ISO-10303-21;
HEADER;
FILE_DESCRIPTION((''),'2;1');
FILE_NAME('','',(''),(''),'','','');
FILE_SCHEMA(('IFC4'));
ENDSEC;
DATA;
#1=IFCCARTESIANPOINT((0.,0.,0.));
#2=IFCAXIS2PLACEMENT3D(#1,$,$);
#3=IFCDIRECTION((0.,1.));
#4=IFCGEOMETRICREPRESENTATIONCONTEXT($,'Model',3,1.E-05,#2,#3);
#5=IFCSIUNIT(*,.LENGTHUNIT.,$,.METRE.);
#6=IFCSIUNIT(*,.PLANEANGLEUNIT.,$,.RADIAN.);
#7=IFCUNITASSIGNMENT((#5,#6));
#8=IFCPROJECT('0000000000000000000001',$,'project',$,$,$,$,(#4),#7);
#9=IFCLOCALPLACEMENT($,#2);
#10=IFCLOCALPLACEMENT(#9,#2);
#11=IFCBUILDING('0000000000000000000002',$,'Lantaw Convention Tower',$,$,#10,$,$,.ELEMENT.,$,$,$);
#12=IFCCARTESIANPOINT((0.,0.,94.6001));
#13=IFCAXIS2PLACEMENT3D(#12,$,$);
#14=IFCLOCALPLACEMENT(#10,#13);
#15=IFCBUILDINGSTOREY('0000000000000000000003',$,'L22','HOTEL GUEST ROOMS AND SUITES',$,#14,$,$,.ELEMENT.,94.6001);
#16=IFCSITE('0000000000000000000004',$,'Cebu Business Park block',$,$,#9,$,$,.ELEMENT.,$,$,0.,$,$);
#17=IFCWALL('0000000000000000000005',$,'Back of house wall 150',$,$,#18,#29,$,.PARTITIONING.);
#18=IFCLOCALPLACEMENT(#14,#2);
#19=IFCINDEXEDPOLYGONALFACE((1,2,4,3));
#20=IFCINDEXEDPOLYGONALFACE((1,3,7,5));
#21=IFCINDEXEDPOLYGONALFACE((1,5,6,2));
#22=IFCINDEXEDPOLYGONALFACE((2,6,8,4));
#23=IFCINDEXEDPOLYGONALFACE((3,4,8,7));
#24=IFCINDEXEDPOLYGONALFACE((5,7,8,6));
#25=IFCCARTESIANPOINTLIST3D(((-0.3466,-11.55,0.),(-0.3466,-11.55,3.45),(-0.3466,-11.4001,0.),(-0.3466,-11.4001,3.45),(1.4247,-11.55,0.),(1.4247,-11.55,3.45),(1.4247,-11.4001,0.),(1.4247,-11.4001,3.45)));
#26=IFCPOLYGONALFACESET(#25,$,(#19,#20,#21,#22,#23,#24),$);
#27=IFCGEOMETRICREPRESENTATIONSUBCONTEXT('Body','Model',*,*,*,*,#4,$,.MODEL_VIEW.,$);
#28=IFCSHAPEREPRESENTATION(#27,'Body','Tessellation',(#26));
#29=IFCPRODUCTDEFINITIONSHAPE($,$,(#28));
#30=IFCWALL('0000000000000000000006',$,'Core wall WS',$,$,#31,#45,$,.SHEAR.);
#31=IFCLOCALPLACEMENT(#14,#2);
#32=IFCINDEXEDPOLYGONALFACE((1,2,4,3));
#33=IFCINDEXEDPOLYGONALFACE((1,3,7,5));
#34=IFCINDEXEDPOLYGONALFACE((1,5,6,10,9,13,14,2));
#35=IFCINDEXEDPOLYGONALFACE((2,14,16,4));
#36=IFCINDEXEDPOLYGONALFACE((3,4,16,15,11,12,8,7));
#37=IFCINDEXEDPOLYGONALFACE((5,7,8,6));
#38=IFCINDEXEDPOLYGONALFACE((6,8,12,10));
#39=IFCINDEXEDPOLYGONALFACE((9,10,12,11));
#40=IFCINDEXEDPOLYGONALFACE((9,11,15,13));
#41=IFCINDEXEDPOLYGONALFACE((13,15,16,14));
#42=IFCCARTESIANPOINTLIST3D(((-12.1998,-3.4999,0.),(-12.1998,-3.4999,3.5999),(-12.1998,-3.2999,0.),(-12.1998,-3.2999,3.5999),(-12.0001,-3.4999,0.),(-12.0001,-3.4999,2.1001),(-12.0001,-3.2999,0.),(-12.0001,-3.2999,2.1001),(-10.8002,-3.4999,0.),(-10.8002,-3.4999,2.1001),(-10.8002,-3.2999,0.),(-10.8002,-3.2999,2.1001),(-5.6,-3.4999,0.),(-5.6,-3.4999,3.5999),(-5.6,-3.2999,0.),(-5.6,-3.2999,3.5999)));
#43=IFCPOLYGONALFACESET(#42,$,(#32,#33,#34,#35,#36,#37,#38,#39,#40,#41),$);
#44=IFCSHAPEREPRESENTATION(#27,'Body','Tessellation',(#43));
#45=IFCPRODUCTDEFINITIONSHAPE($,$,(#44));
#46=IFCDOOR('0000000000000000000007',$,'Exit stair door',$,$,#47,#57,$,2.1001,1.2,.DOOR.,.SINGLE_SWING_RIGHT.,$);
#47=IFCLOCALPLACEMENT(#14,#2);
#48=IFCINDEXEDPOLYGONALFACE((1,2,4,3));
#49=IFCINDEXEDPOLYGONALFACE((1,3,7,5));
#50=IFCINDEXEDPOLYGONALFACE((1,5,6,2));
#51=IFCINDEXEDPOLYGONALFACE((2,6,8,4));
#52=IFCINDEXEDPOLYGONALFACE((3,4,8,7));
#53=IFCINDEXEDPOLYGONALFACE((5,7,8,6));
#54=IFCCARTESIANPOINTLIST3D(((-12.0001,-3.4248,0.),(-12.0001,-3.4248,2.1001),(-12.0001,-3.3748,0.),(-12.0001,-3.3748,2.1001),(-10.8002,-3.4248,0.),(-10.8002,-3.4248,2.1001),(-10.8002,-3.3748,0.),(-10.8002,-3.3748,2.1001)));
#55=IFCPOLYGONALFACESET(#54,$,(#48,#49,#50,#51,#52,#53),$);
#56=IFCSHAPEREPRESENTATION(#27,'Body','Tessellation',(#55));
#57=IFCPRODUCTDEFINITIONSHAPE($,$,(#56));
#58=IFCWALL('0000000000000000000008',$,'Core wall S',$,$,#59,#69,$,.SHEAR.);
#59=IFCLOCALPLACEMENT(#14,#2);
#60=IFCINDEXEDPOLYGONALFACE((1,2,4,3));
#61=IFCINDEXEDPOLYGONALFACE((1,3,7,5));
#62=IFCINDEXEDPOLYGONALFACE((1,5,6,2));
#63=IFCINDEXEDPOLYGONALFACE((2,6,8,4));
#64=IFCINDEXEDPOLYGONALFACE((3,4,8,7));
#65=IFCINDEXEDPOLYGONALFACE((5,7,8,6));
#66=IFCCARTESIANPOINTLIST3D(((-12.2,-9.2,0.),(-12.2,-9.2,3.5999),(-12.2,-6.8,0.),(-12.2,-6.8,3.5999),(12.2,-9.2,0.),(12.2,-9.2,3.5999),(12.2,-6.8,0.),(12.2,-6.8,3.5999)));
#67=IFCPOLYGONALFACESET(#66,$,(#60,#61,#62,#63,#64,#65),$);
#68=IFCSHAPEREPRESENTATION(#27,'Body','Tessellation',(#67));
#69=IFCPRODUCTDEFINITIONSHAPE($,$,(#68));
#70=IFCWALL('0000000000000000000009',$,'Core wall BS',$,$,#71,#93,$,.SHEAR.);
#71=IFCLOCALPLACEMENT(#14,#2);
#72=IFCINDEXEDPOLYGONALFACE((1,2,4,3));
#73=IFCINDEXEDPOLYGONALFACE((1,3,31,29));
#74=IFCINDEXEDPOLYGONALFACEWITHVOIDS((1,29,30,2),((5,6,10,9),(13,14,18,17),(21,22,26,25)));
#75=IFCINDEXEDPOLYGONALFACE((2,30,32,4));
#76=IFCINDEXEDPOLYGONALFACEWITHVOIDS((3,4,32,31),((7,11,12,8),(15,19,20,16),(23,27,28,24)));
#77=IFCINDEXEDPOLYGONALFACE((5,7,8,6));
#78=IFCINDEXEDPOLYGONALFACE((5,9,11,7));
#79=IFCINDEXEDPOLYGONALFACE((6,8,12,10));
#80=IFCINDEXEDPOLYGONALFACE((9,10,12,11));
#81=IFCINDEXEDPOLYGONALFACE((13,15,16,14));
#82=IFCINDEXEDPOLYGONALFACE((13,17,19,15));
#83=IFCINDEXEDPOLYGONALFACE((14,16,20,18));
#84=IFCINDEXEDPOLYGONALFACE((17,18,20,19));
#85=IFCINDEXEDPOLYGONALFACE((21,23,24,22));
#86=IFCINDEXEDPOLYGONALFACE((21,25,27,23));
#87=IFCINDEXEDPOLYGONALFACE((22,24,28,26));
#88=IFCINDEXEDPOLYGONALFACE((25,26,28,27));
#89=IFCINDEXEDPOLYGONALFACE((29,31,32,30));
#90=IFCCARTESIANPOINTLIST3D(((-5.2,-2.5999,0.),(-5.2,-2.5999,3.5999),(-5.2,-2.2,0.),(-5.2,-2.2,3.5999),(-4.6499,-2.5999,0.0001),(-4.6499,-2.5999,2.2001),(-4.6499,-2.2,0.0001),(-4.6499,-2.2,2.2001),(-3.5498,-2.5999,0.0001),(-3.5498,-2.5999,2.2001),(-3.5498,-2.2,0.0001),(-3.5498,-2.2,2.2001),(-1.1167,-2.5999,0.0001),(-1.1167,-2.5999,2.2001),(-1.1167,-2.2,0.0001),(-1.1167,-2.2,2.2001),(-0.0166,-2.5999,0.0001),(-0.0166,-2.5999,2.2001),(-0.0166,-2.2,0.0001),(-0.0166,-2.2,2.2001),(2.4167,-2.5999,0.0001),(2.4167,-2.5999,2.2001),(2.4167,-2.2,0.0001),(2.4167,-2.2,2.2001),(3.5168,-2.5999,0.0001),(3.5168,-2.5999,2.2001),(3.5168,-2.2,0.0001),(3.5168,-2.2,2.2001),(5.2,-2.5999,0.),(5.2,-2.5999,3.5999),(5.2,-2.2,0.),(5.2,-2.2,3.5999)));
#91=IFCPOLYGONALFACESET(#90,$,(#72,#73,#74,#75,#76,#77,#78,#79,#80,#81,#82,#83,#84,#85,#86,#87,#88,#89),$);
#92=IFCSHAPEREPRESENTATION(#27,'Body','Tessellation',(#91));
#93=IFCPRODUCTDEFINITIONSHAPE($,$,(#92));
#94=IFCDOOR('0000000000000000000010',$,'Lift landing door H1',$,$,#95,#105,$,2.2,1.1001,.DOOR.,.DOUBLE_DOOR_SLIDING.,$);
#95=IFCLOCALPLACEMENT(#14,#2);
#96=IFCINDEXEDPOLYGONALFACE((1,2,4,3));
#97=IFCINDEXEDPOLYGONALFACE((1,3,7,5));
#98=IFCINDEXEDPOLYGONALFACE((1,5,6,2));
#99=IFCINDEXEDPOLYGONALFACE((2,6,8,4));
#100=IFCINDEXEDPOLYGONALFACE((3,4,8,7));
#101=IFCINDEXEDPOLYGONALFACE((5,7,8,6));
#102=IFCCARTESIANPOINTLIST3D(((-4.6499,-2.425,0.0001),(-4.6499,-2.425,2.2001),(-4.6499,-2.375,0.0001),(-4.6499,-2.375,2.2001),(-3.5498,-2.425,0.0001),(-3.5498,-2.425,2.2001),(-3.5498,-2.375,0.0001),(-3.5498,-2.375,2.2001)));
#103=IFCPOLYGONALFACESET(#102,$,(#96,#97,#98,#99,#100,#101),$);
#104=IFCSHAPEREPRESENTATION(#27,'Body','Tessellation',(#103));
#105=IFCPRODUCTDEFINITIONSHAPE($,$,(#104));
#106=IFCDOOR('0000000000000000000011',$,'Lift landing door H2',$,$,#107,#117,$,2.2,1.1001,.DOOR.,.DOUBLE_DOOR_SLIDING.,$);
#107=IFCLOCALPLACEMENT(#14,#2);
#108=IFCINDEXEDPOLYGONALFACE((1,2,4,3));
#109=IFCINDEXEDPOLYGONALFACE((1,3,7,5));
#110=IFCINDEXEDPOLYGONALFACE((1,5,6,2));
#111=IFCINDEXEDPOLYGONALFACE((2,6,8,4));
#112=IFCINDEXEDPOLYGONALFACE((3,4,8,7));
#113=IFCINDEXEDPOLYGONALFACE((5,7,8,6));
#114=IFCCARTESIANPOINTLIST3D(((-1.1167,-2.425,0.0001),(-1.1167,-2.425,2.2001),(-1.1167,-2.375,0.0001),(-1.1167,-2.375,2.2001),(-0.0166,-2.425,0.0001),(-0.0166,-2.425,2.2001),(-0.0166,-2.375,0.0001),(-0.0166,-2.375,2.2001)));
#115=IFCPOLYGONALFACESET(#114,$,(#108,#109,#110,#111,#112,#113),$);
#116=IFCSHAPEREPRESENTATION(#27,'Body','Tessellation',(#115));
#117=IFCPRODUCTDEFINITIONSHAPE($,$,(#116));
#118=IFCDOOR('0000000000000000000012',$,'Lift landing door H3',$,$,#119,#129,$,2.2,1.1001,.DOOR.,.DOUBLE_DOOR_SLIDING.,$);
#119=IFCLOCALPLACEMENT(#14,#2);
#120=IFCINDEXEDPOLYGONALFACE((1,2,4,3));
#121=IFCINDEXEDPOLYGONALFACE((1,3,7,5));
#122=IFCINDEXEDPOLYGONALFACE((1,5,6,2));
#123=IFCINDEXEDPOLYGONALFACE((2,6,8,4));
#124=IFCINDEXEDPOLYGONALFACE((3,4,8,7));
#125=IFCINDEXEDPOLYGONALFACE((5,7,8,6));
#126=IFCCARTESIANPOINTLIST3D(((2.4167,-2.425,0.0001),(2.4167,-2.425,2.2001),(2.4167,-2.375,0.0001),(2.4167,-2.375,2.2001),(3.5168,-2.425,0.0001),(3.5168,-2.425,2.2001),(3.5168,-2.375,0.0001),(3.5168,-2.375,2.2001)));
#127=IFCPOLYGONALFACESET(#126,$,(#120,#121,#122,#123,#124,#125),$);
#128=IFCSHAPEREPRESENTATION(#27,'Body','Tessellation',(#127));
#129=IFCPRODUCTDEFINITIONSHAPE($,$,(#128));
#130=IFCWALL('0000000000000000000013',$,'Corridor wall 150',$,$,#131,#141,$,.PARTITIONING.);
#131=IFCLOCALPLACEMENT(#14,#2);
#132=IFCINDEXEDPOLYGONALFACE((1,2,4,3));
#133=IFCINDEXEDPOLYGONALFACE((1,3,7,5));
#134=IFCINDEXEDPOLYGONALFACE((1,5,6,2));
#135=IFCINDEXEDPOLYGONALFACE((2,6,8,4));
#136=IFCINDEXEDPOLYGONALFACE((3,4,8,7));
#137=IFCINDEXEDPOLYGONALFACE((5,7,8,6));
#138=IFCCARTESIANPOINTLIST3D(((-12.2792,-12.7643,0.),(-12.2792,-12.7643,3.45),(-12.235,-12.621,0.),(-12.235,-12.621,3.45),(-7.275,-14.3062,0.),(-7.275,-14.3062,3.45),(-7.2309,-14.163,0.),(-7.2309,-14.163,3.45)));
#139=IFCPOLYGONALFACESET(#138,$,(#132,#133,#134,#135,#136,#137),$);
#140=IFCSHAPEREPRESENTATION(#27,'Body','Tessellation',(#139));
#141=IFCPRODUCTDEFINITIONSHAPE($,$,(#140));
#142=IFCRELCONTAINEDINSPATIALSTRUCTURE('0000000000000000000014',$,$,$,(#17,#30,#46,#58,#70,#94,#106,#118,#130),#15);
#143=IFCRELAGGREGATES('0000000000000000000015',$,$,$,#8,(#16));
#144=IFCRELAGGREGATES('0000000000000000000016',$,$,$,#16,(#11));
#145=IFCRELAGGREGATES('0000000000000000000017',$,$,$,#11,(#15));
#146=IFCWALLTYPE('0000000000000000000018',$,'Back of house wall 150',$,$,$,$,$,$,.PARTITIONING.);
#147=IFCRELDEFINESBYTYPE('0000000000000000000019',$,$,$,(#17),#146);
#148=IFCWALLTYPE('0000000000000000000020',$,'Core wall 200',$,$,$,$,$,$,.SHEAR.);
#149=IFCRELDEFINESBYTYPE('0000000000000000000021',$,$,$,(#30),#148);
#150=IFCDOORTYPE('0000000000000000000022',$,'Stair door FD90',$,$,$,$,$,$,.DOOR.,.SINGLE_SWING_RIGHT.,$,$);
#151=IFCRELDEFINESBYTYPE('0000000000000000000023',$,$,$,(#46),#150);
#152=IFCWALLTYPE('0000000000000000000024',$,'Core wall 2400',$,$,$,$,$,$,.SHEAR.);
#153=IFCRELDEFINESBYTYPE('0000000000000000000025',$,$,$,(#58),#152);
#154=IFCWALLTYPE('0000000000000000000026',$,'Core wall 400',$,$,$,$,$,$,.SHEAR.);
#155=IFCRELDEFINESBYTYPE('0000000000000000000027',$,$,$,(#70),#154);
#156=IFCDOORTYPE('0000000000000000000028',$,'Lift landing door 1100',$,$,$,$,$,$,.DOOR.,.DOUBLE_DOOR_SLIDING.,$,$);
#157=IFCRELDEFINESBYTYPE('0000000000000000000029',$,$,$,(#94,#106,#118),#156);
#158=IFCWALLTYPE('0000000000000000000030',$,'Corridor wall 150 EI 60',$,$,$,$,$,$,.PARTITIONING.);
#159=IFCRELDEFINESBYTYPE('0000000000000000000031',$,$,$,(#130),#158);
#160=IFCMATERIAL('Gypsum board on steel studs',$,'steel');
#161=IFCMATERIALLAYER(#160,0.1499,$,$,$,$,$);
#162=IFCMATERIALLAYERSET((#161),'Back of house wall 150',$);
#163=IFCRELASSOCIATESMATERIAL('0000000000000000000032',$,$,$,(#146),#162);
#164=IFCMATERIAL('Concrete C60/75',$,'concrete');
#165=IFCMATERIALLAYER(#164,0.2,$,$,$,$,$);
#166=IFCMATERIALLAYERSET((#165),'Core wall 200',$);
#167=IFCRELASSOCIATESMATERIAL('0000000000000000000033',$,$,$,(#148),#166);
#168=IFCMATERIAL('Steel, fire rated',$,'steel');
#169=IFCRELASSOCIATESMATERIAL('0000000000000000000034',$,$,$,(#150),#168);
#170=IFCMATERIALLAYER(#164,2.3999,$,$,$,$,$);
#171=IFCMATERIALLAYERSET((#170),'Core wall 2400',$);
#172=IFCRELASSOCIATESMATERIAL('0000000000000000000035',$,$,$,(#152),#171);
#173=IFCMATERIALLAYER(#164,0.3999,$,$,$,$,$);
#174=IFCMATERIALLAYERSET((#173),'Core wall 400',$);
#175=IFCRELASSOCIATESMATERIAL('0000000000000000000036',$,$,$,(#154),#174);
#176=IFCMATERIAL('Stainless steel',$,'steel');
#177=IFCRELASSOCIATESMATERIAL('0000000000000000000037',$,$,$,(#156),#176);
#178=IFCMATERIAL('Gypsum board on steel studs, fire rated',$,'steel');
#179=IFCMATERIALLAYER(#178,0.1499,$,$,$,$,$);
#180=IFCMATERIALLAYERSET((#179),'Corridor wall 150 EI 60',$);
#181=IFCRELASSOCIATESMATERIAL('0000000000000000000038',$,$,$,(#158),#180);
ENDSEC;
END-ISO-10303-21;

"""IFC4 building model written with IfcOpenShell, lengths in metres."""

from ifc_helpers import new_model, si_unit, direction, frame, frame_2d, origin, place, context, subcontext, project, spatial, rectangle, extrude, material, layer, layer_set, type_object, element, fill, save


model = new_model("IFC4")

# Units and contexts
model_context = context("Model", 3, precision=1e-05, world=origin(), true_north=direction((0.0, 1.0)))
body_context = subcontext(model_context, "Body", "Model", "MODEL_VIEW")
ifc_project = project(units=[si_unit("LENGTHUNIT", "METRE"), si_unit("PLANEANGLEUNIT", "RADIAN")], contexts=[model_context])

# Site, building, storey
site_placement = place(None, origin())
site = spatial("IfcSite", under=ifc_project, at=site_placement, Name="Cebu Business Park block", CompositionType="ELEMENT", RefElevation=0.0)
building_placement = place(site_placement, origin())
building = spatial("IfcBuilding", under=site, at=building_placement, Name="Lantaw Convention Tower", CompositionType="ELEMENT")
storey_placement = place(building_placement, frame((0.0, 0.0, 94.6001)))
storey = spatial("IfcBuildingStorey", under=building, at=storey_placement, Name="L22", Description="HOTEL GUEST ROOMS AND SUITES", CompositionType="ELEMENT", Elevation=94.6001)

# Wall
ifc_material_1 = material(Name="Gypsum board on steel studs", Category="steel")
ifc_layer_1 = layer(ifc_material_1, 0.1499)
ifc_layer_set_1 = layer_set([ifc_layer_1], Name="Back of house wall 150")
wall_type_1 = type_object("IfcWallType", Name="Back of house wall 150", PredefinedType="PARTITIONING", material=ifc_layer_set_1)
wall_1_placement = place(storey_placement, frame((-0.3467, -11.4751, 0.0), z_axis=(0.0, 0.0, 1.0), x_axis=(1.0, 0.0, 0.0)))
element("IfcWall", 1, at=wall_1_placement, inside=storey, type_object=wall_type_1, Name="Back of house wall 150", PredefinedType="PARTITIONING", context=body_context, shape_type="SweptSolid", body=[
    extrude(rectangle(XDim=1.7712, YDim=0.1499, at=frame_2d((0.8857, 0.0))), origin(), (0.0, 0.0, 1.0), 3.45),
])

# Wall, opening, door
ifc_material_2 = material(Name="Concrete C60/75", Category="concrete")
ifc_layer_2 = layer(ifc_material_2, 0.2)
ifc_layer_set_2 = layer_set([ifc_layer_2], Name="Core wall 200")
wall_type_2 = type_object("IfcWallType", Name="Core wall 200", PredefinedType="SHEAR", material=ifc_layer_set_2)
wall_2_placement = place(storey_placement, frame((-5.6001, -3.3999, 0.0), z_axis=(0.0, 0.0, 1.0), x_axis=(-1.0, 0.0, 0.0)))
wall_2 = element("IfcWall", 2, at=wall_2_placement, inside=storey, type_object=wall_type_2, Name="Core wall WS", PredefinedType="SHEAR", context=body_context, shape_type="SweptSolid", body=[
    extrude(rectangle(XDim=6.5999, YDim=0.2, at=frame_2d((3.2998, 0.0))), origin(), (0.0, 0.0, 1.0), 3.5999),
])
opening_1_placement = place(wall_2_placement, frame((5.2, 0.0, 0.0)))
opening_1 = element("IfcOpeningElement", 3, at=opening_1_placement, cuts=wall_2, PredefinedType="OPENING", context=body_context, shape_type="SweptSolid", body=[
    extrude(rectangle(XDim=1.2, YDim=2.1001, at=frame_2d((0.6001, 1.05))), frame((0.0, 0.1099, 0.0), z_axis=(0.0, -1.0, 0.0), x_axis=(1.0, 0.0, 0.0)), (0.0, 0.0, 1.0), 0.22),
])
ifc_material_3 = material(Name="Steel, fire rated", Category="steel")
door_type_1 = type_object("IfcDoorType", Name="Stair door FD90", OperationType="SINGLE_SWING_RIGHT", PredefinedType="DOOR", material=ifc_material_3)
door_1_placement = place(opening_1_placement, origin())
door_1 = element("IfcDoor", 4, at=door_1_placement, inside=storey, type_object=door_type_1, Name="Exit stair door", OperationType="SINGLE_SWING_RIGHT", OverallHeight=2.1001, OverallWidth=1.2, PredefinedType="DOOR", context=body_context, shape_type="SweptSolid", body=[
    extrude(rectangle(XDim=1.2, YDim=2.1001, at=frame_2d((0.6001, 1.05))), frame((0.0, 0.0249, 0.0), z_axis=(0.0, -1.0, 0.0), x_axis=(1.0, 0.0, 0.0)), (0.0, 0.0, 1.0), 0.05),
])
fill(opening_1, door_1)

# Wall
ifc_layer_3 = layer(ifc_material_2, 2.3999)
ifc_layer_set_3 = layer_set([ifc_layer_3], Name="Core wall 2400")
wall_type_3 = type_object("IfcWallType", Name="Core wall 2400", PredefinedType="SHEAR", material=ifc_layer_set_3)
wall_3_placement = place(storey_placement, frame((-12.2, -8.0, 0.0), z_axis=(0.0, 0.0, 1.0), x_axis=(1.0, 0.0, 0.0)))
element("IfcWall", 5, at=wall_3_placement, inside=storey, type_object=wall_type_3, Name="Core wall S", PredefinedType="SHEAR", context=body_context, shape_type="SweptSolid", body=[
    extrude(rectangle(XDim=24.3999, YDim=2.3999, at=frame_2d((12.2, 0.0))), origin(), (0.0, 0.0, 1.0), 3.5999),
])

# Wall, openings, doors
ifc_layer_4 = layer(ifc_material_2, 0.3999)
ifc_layer_set_4 = layer_set([ifc_layer_4], Name="Core wall 400")
wall_type_4 = type_object("IfcWallType", Name="Core wall 400", PredefinedType="SHEAR", material=ifc_layer_set_4)
wall_4_placement = place(storey_placement, frame((-5.2, -2.3999, 0.0), z_axis=(0.0, 0.0, 1.0), x_axis=(1.0, 0.0, 0.0)))
wall_4 = element("IfcWall", 6, at=wall_4_placement, inside=storey, type_object=wall_type_4, Name="Core wall BS", PredefinedType="SHEAR", context=body_context, shape_type="SweptSolid", body=[
    extrude(rectangle(XDim=10.3999, YDim=0.3999, at=frame_2d((5.2, 0.0))), origin(), (0.0, 0.0, 1.0), 3.5999),
])
opening_2_placement = place(wall_4_placement, frame((0.55, 0.0, 0.0)))
opening_2 = element("IfcOpeningElement", 7, at=opening_2_placement, cuts=wall_4, PredefinedType="OPENING", context=body_context, shape_type="SweptSolid", body=[
    extrude(rectangle(XDim=1.1001, YDim=2.2, at=frame_2d((0.55, 1.1001))), frame((0.0, 0.21, 0.0), z_axis=(0.0, -1.0, 0.0), x_axis=(1.0, 0.0, 0.0)), (0.0, 0.0, 1.0), 0.4199),
])
opening_3_placement = place(wall_4_placement, frame((4.0833, 0.0, 0.0)))
opening_3 = element("IfcOpeningElement", 8, at=opening_3_placement, cuts=wall_4, PredefinedType="OPENING", context=body_context, shape_type="SweptSolid", body=[
    extrude(rectangle(XDim=1.1001, YDim=2.2, at=frame_2d((0.55, 1.1001))), frame((0.0, 0.21, 0.0), z_axis=(0.0, -1.0, 0.0), x_axis=(1.0, 0.0, 0.0)), (0.0, 0.0, 1.0), 0.4199),
])
opening_4_placement = place(wall_4_placement, frame((7.6167, 0.0, 0.0)))
opening_4 = element("IfcOpeningElement", 9, at=opening_4_placement, cuts=wall_4, PredefinedType="OPENING", context=body_context, shape_type="SweptSolid", body=[
    extrude(rectangle(XDim=1.1001, YDim=2.2, at=frame_2d((0.55, 1.1001))), frame((0.0, 0.21, 0.0), z_axis=(0.0, -1.0, 0.0), x_axis=(1.0, 0.0, 0.0)), (0.0, 0.0, 1.0), 0.4199),
])
ifc_material_4 = material(Name="Stainless steel", Category="steel")
door_type_2 = type_object("IfcDoorType", Name="Lift landing door 1100", OperationType="DOUBLE_DOOR_SLIDING", PredefinedType="DOOR", material=ifc_material_4)
door_2_placement = place(opening_2_placement, origin())
door_2 = element("IfcDoor", 10, at=door_2_placement, inside=storey, type_object=door_type_2, Name="Lift landing door H1", OperationType="DOUBLE_DOOR_SLIDING", OverallHeight=2.2, OverallWidth=1.1001, PredefinedType="DOOR", context=body_context, shape_type="SweptSolid", body=[
    extrude(rectangle(XDim=1.1001, YDim=2.2, at=frame_2d((0.55, 1.1001))), frame((0.0, 0.0249, 0.0), z_axis=(0.0, -1.0, 0.0), x_axis=(1.0, 0.0, 0.0)), (0.0, 0.0, 1.0), 0.05),
])
fill(opening_2, door_2)
door_3_placement = place(opening_3_placement, origin())
door_3 = element("IfcDoor", 11, at=door_3_placement, inside=storey, type_object=door_type_2, Name="Lift landing door H2", OperationType="DOUBLE_DOOR_SLIDING", OverallHeight=2.2, OverallWidth=1.1001, PredefinedType="DOOR", context=body_context, shape_type="SweptSolid", body=[
    extrude(rectangle(XDim=1.1001, YDim=2.2, at=frame_2d((0.55, 1.1001))), frame((0.0, 0.0249, 0.0), z_axis=(0.0, -1.0, 0.0), x_axis=(1.0, 0.0, 0.0)), (0.0, 0.0, 1.0), 0.05),
])
fill(opening_3, door_3)
door_4_placement = place(opening_4_placement, origin())
door_4 = element("IfcDoor", 12, at=door_4_placement, inside=storey, type_object=door_type_2, Name="Lift landing door H3", OperationType="DOUBLE_DOOR_SLIDING", OverallHeight=2.2, OverallWidth=1.1001, PredefinedType="DOOR", context=body_context, shape_type="SweptSolid", body=[
    extrude(rectangle(XDim=1.1001, YDim=2.2, at=frame_2d((0.55, 1.1001))), frame((0.0, 0.0249, 0.0), z_axis=(0.0, -1.0, 0.0), x_axis=(1.0, 0.0, 0.0)), (0.0, 0.0, 1.0), 0.05),
])
fill(opening_4, door_4)

# Wall
ifc_material_5 = material(Name="Gypsum board on steel studs, fire rated", Category="steel")
ifc_layer_5 = layer(ifc_material_5, 0.1499)
ifc_layer_set_5 = layer_set([ifc_layer_5], Name="Corridor wall 150 EI 60")
wall_type_5 = type_object("IfcWallType", Name="Corridor wall 150 EI 60", PredefinedType="PARTITIONING", material=ifc_layer_set_5)
wall_5_placement = place(storey_placement, frame((-12.2571, -12.6926, 0.0), z_axis=(0.0, 0.0, 1.0), x_axis=(0.955658, -0.294479, 0.0)))
element("IfcWall", 13, at=wall_5_placement, inside=storey, type_object=wall_type_5, Name="Corridor wall 150", PredefinedType="PARTITIONING", context=body_context, shape_type="SweptSolid", body=[
    extrude(rectangle(XDim=5.2363, YDim=0.1499, at=frame_2d((2.6182, 0.0))), origin(), (0.0, 0.0, 1.0), 3.45),
])

save(model, "model.ifc")
